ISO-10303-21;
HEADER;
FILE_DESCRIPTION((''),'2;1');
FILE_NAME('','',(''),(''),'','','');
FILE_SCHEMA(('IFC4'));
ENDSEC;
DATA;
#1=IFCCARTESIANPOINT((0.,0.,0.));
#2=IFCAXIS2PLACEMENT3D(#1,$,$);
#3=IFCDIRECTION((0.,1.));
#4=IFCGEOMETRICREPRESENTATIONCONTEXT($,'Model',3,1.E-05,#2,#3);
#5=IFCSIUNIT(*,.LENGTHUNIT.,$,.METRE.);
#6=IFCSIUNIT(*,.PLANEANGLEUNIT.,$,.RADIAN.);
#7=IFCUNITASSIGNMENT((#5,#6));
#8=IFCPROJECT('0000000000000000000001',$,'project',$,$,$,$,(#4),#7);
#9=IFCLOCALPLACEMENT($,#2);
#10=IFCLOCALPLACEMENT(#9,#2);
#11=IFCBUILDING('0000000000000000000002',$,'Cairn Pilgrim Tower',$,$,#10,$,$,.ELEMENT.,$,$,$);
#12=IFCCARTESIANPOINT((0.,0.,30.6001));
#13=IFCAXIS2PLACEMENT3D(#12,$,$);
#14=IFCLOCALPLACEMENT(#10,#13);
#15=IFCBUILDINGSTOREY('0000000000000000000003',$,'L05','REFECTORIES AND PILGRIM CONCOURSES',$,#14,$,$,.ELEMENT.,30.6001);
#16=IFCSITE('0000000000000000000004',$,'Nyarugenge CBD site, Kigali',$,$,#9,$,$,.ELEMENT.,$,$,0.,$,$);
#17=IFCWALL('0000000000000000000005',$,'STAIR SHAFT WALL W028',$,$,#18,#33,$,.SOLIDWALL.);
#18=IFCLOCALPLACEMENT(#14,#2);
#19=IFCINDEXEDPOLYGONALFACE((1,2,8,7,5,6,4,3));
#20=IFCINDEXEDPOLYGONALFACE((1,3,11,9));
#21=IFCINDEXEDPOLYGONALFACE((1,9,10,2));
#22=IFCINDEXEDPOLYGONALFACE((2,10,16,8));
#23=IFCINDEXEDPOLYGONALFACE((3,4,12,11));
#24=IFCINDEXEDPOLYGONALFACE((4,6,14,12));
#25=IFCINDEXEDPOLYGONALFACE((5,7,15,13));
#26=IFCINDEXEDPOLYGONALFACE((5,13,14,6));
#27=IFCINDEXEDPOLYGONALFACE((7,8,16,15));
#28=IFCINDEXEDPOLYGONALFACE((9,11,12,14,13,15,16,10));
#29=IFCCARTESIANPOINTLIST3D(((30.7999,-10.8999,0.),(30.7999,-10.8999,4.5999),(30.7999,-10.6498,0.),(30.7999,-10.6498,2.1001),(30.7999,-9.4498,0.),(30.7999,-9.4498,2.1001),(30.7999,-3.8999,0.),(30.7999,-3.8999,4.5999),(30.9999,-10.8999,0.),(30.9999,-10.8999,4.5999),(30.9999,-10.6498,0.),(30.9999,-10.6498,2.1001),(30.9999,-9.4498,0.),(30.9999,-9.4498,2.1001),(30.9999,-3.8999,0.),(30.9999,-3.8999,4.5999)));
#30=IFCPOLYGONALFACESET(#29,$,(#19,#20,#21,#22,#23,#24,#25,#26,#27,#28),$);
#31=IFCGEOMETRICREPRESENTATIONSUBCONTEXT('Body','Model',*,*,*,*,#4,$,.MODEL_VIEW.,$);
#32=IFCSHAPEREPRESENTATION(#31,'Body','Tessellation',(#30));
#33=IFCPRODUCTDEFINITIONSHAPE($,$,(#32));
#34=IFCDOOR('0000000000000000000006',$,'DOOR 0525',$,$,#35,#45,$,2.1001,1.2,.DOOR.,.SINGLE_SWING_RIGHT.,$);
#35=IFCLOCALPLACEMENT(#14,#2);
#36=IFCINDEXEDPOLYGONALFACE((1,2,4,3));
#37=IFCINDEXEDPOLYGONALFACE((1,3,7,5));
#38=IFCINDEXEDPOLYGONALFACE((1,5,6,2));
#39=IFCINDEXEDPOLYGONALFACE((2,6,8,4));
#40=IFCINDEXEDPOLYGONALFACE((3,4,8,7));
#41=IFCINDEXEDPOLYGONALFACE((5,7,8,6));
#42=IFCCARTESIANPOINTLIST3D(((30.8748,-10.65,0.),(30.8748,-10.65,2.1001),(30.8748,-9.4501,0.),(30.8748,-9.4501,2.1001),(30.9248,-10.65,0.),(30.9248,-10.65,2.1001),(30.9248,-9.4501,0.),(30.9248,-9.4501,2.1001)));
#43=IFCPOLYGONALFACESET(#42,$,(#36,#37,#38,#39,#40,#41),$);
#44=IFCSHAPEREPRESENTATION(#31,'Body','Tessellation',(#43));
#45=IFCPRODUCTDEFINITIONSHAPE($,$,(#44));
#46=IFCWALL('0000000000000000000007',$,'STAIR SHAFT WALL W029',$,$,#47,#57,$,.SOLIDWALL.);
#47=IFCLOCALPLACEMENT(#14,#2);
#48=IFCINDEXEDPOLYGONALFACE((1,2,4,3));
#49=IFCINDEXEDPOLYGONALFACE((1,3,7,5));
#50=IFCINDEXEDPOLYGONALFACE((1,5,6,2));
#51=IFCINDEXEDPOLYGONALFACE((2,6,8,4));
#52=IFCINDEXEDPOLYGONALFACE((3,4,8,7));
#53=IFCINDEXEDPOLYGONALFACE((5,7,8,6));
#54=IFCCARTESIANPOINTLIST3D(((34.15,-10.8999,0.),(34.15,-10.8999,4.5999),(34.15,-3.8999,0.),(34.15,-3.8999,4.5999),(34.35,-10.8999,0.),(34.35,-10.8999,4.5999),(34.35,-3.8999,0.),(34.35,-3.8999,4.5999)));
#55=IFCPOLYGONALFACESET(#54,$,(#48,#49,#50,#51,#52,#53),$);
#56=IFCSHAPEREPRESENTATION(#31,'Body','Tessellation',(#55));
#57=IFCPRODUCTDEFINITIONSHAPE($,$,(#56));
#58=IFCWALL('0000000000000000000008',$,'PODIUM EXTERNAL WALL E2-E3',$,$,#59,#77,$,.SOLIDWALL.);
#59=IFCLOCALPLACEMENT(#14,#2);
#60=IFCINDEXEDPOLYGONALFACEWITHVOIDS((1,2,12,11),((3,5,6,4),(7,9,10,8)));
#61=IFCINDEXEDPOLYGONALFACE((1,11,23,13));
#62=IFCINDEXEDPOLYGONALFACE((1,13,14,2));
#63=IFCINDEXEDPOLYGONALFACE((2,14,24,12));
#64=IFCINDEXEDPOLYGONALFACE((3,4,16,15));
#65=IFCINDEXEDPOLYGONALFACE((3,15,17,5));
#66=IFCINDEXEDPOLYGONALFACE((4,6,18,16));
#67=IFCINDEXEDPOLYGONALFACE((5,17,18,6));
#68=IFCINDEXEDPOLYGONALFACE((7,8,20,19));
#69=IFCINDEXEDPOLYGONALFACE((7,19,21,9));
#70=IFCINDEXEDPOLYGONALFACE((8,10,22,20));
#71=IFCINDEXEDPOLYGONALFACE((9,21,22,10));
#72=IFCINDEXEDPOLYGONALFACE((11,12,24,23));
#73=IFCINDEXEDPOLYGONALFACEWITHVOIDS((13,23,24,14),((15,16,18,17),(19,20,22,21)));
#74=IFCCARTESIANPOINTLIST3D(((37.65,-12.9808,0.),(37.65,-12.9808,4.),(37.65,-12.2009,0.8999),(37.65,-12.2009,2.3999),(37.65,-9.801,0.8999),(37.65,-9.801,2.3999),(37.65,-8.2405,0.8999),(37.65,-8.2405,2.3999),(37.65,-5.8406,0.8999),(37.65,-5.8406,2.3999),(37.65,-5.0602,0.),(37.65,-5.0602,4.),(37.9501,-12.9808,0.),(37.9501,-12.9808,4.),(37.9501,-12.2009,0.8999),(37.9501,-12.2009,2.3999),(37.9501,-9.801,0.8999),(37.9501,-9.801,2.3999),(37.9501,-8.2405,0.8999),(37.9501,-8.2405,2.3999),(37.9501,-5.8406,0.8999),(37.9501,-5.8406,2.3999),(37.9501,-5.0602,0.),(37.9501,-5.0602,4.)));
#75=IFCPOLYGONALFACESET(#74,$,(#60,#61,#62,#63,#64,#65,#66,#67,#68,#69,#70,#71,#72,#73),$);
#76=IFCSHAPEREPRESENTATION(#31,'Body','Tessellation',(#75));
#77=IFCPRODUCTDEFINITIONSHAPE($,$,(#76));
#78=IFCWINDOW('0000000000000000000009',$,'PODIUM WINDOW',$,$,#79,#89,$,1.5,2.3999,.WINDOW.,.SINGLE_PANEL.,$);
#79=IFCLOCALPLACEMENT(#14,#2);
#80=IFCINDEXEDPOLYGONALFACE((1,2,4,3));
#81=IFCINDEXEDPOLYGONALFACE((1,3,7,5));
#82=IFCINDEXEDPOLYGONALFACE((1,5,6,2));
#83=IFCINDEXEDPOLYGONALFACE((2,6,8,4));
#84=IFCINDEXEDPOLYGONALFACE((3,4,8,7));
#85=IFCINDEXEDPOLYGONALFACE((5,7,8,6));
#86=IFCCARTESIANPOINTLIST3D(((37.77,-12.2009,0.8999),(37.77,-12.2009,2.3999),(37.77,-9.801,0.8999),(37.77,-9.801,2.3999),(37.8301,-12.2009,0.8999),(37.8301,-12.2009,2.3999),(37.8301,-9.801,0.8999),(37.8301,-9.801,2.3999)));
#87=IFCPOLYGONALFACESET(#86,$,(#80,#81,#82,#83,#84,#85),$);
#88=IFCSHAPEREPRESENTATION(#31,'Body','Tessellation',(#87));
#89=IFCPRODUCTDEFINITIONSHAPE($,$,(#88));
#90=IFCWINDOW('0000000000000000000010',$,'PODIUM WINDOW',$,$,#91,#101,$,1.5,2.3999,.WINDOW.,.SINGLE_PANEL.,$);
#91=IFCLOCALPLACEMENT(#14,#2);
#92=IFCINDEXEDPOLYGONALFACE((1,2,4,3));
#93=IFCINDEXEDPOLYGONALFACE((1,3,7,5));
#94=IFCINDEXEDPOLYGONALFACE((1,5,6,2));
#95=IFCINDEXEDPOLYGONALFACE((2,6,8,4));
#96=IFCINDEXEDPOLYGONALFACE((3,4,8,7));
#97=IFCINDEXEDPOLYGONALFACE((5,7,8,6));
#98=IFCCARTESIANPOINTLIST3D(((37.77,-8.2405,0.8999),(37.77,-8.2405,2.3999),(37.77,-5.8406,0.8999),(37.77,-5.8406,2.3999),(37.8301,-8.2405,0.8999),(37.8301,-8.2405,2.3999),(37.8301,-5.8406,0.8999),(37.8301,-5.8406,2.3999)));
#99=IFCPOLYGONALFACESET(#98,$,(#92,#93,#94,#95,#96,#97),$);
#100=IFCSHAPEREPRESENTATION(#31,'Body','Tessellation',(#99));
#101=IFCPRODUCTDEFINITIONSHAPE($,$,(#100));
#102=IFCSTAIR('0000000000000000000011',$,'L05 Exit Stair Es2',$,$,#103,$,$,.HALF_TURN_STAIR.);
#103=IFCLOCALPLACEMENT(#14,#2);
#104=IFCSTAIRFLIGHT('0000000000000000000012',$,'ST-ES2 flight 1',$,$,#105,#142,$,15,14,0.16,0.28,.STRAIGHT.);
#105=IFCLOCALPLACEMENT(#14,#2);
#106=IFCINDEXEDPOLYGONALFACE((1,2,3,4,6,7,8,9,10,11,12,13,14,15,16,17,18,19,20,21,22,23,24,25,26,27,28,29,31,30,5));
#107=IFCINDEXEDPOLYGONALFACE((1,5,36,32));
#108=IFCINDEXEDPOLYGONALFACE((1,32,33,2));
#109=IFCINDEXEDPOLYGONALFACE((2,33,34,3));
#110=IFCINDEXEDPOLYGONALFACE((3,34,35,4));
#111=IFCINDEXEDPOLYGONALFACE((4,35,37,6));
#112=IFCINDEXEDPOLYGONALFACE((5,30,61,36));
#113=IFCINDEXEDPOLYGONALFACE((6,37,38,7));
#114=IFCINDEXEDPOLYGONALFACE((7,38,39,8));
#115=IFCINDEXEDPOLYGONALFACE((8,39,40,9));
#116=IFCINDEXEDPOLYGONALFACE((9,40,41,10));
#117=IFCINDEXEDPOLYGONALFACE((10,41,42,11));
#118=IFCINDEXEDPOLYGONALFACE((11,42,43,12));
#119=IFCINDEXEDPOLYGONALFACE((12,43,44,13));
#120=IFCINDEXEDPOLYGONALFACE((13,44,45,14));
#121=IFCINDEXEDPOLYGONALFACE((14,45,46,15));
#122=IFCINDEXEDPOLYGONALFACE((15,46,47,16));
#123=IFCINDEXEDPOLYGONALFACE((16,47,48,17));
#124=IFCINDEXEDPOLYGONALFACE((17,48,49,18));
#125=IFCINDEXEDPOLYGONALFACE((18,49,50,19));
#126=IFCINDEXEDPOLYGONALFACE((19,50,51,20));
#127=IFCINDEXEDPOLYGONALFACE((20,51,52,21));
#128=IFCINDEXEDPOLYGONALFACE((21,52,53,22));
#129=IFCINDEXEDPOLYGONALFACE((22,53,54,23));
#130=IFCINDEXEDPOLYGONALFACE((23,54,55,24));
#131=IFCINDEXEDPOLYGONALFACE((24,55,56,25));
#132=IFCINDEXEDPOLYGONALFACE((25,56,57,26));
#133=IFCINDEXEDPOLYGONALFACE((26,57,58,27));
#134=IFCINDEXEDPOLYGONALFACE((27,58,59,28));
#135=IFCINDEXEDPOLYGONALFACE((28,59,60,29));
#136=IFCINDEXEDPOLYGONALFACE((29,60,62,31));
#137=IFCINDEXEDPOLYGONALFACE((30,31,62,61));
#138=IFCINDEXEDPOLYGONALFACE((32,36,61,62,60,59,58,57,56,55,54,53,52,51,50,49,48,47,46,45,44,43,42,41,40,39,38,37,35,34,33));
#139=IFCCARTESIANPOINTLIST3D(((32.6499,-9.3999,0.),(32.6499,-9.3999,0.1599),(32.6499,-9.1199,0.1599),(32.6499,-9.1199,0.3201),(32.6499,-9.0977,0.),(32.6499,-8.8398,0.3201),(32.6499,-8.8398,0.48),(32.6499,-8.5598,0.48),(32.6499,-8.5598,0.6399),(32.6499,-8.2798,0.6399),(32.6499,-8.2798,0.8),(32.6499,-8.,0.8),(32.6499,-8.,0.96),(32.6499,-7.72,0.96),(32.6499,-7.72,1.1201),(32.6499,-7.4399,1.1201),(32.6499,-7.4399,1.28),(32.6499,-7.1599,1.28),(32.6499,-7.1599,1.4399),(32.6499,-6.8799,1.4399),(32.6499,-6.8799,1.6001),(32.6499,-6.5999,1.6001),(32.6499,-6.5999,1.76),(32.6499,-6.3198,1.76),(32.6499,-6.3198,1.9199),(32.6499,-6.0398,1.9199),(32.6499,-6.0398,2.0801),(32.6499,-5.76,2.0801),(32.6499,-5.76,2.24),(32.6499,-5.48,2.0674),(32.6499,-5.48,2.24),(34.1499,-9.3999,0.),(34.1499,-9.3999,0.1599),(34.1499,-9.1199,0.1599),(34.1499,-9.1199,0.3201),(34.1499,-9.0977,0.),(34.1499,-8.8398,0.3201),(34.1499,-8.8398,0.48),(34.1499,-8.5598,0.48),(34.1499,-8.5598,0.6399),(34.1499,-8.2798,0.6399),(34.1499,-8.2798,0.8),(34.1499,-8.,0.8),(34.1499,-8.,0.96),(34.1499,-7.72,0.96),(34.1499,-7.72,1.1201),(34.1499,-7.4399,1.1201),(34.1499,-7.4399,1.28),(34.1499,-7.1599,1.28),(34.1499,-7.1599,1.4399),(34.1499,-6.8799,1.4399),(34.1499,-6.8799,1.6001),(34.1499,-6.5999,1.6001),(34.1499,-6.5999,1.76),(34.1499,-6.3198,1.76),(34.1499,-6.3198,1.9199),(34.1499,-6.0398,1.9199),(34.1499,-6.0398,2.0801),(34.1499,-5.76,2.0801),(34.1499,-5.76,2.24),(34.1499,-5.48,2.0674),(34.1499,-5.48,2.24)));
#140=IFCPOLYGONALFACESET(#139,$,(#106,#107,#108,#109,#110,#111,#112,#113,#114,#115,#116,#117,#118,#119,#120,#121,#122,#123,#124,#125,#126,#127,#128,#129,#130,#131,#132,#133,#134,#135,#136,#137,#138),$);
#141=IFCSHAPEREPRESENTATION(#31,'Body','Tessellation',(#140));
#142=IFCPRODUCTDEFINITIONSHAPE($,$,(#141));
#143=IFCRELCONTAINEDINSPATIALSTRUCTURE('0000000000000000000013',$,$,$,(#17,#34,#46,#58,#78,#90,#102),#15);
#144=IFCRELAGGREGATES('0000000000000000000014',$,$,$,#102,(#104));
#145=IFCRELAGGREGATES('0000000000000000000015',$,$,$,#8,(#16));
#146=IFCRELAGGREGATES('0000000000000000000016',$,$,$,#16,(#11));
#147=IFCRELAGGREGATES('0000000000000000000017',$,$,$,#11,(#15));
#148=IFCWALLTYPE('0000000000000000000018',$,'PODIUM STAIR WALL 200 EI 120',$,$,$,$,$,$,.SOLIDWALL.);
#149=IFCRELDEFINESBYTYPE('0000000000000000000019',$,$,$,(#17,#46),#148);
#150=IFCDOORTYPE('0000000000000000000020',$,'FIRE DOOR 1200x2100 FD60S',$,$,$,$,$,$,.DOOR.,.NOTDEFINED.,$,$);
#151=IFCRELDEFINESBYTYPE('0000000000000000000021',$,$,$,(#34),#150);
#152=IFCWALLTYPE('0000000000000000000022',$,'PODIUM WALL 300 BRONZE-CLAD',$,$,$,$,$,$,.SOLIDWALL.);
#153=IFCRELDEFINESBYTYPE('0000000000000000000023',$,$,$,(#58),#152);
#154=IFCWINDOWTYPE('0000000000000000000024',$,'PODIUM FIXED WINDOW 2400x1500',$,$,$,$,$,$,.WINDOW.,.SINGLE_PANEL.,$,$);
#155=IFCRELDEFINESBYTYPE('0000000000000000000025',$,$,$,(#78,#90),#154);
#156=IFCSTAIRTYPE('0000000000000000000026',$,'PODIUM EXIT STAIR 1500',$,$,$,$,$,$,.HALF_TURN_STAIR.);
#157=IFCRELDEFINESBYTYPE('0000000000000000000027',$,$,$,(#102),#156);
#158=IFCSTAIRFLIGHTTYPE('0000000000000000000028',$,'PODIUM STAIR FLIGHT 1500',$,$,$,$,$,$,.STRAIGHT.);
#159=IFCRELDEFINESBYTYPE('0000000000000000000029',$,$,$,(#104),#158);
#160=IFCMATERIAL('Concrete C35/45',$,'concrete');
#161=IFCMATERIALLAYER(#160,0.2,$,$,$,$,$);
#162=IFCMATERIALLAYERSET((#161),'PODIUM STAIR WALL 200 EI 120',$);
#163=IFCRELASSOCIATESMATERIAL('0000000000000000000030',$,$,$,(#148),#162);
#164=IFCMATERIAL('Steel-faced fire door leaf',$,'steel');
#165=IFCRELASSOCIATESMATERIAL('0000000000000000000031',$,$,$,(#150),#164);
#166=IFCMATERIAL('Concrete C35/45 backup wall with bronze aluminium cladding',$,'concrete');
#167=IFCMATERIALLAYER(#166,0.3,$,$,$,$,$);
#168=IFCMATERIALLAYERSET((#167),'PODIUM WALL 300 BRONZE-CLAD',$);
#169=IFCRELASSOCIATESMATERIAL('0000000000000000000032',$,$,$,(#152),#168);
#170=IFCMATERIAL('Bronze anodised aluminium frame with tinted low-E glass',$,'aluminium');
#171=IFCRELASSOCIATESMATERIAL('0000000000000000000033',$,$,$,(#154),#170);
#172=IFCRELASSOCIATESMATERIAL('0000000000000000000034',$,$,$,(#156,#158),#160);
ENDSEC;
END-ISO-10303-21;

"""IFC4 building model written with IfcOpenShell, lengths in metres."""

from ifc_helpers import new_model, si_unit, direction, frame, frame_2d, origin, place, context, subcontext, project, spatial, polyline, rectangle, outline, extrude, material, layer, layer_set, type_object, element, fill, aggregate, save


model = new_model("IFC4")

# Units and contexts
model_context = context("Model", 3, precision=1e-05, world=origin(), true_north=direction((0.0, 1.0)))
body_context = subcontext(model_context, "Body", "Model", "MODEL_VIEW")
ifc_project = project(units=[si_unit("LENGTHUNIT", "METRE"), si_unit("PLANEANGLEUNIT", "RADIAN")], contexts=[model_context])

# Site, building, storey
site_placement = place(None, origin())
site = spatial("IfcSite", under=ifc_project, at=site_placement, Name="Nyarugenge CBD site, Kigali", CompositionType="ELEMENT", RefElevation=0.0)
building_placement = place(site_placement, origin())
building = spatial("IfcBuilding", under=site, at=building_placement, Name="Cairn Pilgrim Tower", CompositionType="ELEMENT")
storey_placement = place(building_placement, frame((0.0, 0.0, 30.6001)))
storey = spatial("IfcBuildingStorey", under=building, at=storey_placement, Name="L05", Description="REFECTORIES AND PILGRIM CONCOURSES", CompositionType="ELEMENT", Elevation=30.6001)

# Shared definitions
ifc_material_1 = material(Name="Concrete C35/45", Category="concrete")
ifc_layer_1 = layer(ifc_material_1, 0.2)
ifc_layer_set_1 = layer_set([ifc_layer_1], Name="PODIUM STAIR WALL 200 EI 120")
wall_type_1 = type_object("IfcWallType", Name="PODIUM STAIR WALL 200 EI 120", PredefinedType="SOLIDWALL", material=ifc_layer_set_1)

# Wall, opening, door
wall_1_placement = place(storey_placement, frame((30.8999, -10.8999, 0.0), z_axis=(0.0, 0.0, 1.0), x_axis=(0.0, 1.0, 0.0)))
wall_1 = element("IfcWall", 1, at=wall_1_placement, inside=storey, type_object=wall_type_1, Name="STAIR SHAFT WALL W028", PredefinedType="SOLIDWALL", context=body_context, shape_type="SweptSolid", body=[
    extrude(rectangle(XDim=7.0, YDim=0.2, at=frame_2d((3.5, 0.0))), origin(), (0.0, 0.0, 1.0), 4.5999),
])
opening_1_placement = place(wall_1_placement, frame((0.25, 0.0, 0.0)))
opening_1 = element("IfcOpeningElement", 2, at=opening_1_placement, cuts=wall_1, PredefinedType="OPENING", context=body_context, shape_type="SweptSolid", body=[
    extrude(rectangle(XDim=1.2, YDim=2.1001, at=frame_2d((0.6001, 1.05))), frame((0.0, 0.1099, 0.0), z_axis=(0.0, -1.0, 0.0), x_axis=(1.0, 0.0, 0.0)), (0.0, 0.0, 1.0), 0.22),
])
ifc_material_2 = material(Name="Steel-faced fire door leaf", Category="steel")
door_type_1 = type_object("IfcDoorType", Name="FIRE DOOR 1200x2100 FD60S", OperationType="NOTDEFINED", PredefinedType="DOOR", material=ifc_material_2)
door_1_placement = place(opening_1_placement, frame((1.2, 0.0, 0.0), z_axis=(0.0, 0.0, 1.0), x_axis=(-1.0, 0.0, 0.0)))
door_1 = element("IfcDoor", 3, at=door_1_placement, inside=storey, type_object=door_type_1, Name="DOOR 0525", OperationType="SINGLE_SWING_RIGHT", OverallHeight=2.1001, OverallWidth=1.2, PredefinedType="DOOR", context=body_context, shape_type="SweptSolid", body=[
    extrude(rectangle(XDim=1.2, YDim=2.1001, at=frame_2d((0.6001, 1.05))), frame((0.0, 0.0249, 0.0), z_axis=(0.0, -1.0, 0.0), x_axis=(1.0, 0.0, 0.0)), (0.0, 0.0, 1.0), 0.05),
])
fill(opening_1, door_1)

# Wall
wall_2_placement = place(storey_placement, frame((34.25, -10.8999, 0.0), z_axis=(0.0, 0.0, 1.0), x_axis=(0.0, 1.0, 0.0)))
element("IfcWall", 4, at=wall_2_placement, inside=storey, type_object=wall_type_1, Name="STAIR SHAFT WALL W029", PredefinedType="SOLIDWALL", context=body_context, shape_type="SweptSolid", body=[
    extrude(rectangle(XDim=7.0, YDim=0.2, at=frame_2d((3.5, 0.0))), origin(), (0.0, 0.0, 1.0), 4.5999),
])

# Wall, openings, windows
ifc_material_3 = material(Name="Concrete C35/45 backup wall with bronze aluminium cladding", Category="concrete")
ifc_layer_2 = layer(ifc_material_3, 0.3)
ifc_layer_set_2 = layer_set([ifc_layer_2], Name="PODIUM WALL 300 BRONZE-CLAD")
wall_type_2 = type_object("IfcWallType", Name="PODIUM WALL 300 BRONZE-CLAD", PredefinedType="SOLIDWALL", material=ifc_layer_set_2)
wall_3_placement = place(storey_placement, frame((37.8, -12.981, 0.0), z_axis=(0.0, 0.0, 1.0), x_axis=(0.0, 1.0, 0.0)))
wall_3 = element("IfcWall", 5, at=wall_3_placement, inside=storey, type_object=wall_type_2, Name="PODIUM EXTERNAL WALL E2-E3", PredefinedType="SOLIDWALL", context=body_context, shape_type="SweptSolid", body=[
    extrude(rectangle(XDim=7.9207, YDim=0.3, at=frame_2d((3.9604, 0.0))), origin(), (0.0, 0.0, 1.0), 4.0),
])
opening_2_placement = place(wall_3_placement, frame((0.78, 0.0, 0.8999)))
opening_2 = element("IfcOpeningElement", 6, at=opening_2_placement, cuts=wall_3, PredefinedType="OPENING", context=body_context, shape_type="SweptSolid", body=[
    extrude(rectangle(XDim=2.3999, YDim=1.5, at=frame_2d((1.2, 0.75))), frame((0.0, 0.1602, 0.0), z_axis=(0.0, -1.0, 0.0), x_axis=(1.0, 0.0, 0.0)), (0.0, 0.0, 1.0), 0.3201),
])
opening_3_placement = place(wall_3_placement, frame((4.7405, 0.0, 0.8999)))
opening_3 = element("IfcOpeningElement", 7, at=opening_3_placement, cuts=wall_3, PredefinedType="OPENING", context=body_context, shape_type="SweptSolid", body=[
    extrude(rectangle(XDim=2.3999, YDim=1.5, at=frame_2d((1.2, 0.75))), frame((0.0, 0.1602, 0.0), z_axis=(0.0, -1.0, 0.0), x_axis=(1.0, 0.0, 0.0)), (0.0, 0.0, 1.0), 0.3201),
])
ifc_material_4 = material(Name="Bronze anodised aluminium frame with tinted low-E glass", Category="aluminium")
window_type = type_object("IfcWindowType", Name="PODIUM FIXED WINDOW 2400x1500", PartitioningType="SINGLE_PANEL", PredefinedType="WINDOW", material=ifc_material_4)
window_1_placement = place(opening_2_placement, origin())
window_1 = element("IfcWindow", 8, at=window_1_placement, inside=storey, type_object=window_type, Name="PODIUM WINDOW", OverallHeight=1.5, OverallWidth=2.3999, PartitioningType="SINGLE_PANEL", PredefinedType="WINDOW", context=body_context, shape_type="SweptSolid", body=[
    extrude(rectangle(XDim=2.3999, YDim=1.5, at=frame_2d((1.2, 0.75))), frame((0.0, 0.03, 0.0), z_axis=(0.0, -1.0, 0.0), x_axis=(1.0, 0.0, 0.0)), (0.0, 0.0, 1.0), 0.0601),
])
fill(opening_2, window_1)
window_2_placement = place(opening_3_placement, origin())
window_2 = element("IfcWindow", 9, at=window_2_placement, inside=storey, type_object=window_type, Name="PODIUM WINDOW", OverallHeight=1.5, OverallWidth=2.3999, PartitioningType="SINGLE_PANEL", PredefinedType="WINDOW", context=body_context, shape_type="SweptSolid", body=[
    extrude(rectangle(XDim=2.3999, YDim=1.5, at=frame_2d((1.2, 0.75))), frame((0.0, 0.03, 0.0), z_axis=(0.0, -1.0, 0.0), x_axis=(1.0, 0.0, 0.0)), (0.0, 0.0, 1.0), 0.0601),
])
fill(opening_3, window_2)

# Stair, stair flight
stair_type = type_object("IfcStairType", Name="PODIUM EXIT STAIR 1500", PredefinedType="HALF_TURN_STAIR", material=ifc_material_1)
stair_placement = place(storey_placement, origin())
stair = element("IfcStair", 10, at=stair_placement, inside=storey, type_object=stair_type, Name="L05 Exit Stair Es2", PredefinedType="HALF_TURN_STAIR")
stair_flight_type = type_object("IfcStairFlightType", Name="PODIUM STAIR FLIGHT 1500", PredefinedType="STRAIGHT", material=ifc_material_1)
stair_flight_1_placement = place(storey_placement, frame((33.3999, -9.3999, 0.0), z_axis=(0.0, 0.0, 1.0), x_axis=(0.0, 1.0, 0.0)))
stair_flight_1 = element("IfcStairFlight", 11, at=stair_flight_1_placement, type_object=stair_flight_type, Name="ST-ES2 flight 1", NumberOfRisers=15, NumberOfTreads=14, PredefinedType="STRAIGHT", RiserHeight=0.16, TreadLength=0.28, context=body_context, shape_type="SweptSolid", body=[
    extrude(outline(polyline([(0.0, 0.0), (0.0, 0.1599), (0.28, 0.1599), (0.28, 0.3201), (0.5601, 0.3201), (0.5601, 0.48), (0.8401, 0.48), (0.8401, 0.6399), (1.1201, 0.6399), (1.1201, 0.8), (1.3999, 0.8), (1.3999, 0.96), (1.6799, 0.96), (1.6799, 1.1201), (1.96, 1.1201), (1.96, 1.28), (2.24, 1.28), (2.24, 1.4399), (2.52, 1.4399), (2.52, 1.6001), (2.8, 1.6001), (2.8, 1.76), (3.0801, 1.76), (3.0801, 1.9199), (3.3601, 1.9199), (3.3601, 2.0801), (3.6399, 2.0801), (3.6399, 2.24), (3.9199, 2.24), (3.9199, 2.3999), (3.9199, 2.0674), (0.3022, 0.0), (0.0, 0.0)])), frame((0.0, 0.75, 0.0), z_axis=(0.0, -1.0, 0.0), x_axis=(1.0, 0.0, 0.0)), (0.0, 0.0, 1.0), 1.5),
])
aggregate(stair, [stair_flight_1])

save(model, "model.ifc")
